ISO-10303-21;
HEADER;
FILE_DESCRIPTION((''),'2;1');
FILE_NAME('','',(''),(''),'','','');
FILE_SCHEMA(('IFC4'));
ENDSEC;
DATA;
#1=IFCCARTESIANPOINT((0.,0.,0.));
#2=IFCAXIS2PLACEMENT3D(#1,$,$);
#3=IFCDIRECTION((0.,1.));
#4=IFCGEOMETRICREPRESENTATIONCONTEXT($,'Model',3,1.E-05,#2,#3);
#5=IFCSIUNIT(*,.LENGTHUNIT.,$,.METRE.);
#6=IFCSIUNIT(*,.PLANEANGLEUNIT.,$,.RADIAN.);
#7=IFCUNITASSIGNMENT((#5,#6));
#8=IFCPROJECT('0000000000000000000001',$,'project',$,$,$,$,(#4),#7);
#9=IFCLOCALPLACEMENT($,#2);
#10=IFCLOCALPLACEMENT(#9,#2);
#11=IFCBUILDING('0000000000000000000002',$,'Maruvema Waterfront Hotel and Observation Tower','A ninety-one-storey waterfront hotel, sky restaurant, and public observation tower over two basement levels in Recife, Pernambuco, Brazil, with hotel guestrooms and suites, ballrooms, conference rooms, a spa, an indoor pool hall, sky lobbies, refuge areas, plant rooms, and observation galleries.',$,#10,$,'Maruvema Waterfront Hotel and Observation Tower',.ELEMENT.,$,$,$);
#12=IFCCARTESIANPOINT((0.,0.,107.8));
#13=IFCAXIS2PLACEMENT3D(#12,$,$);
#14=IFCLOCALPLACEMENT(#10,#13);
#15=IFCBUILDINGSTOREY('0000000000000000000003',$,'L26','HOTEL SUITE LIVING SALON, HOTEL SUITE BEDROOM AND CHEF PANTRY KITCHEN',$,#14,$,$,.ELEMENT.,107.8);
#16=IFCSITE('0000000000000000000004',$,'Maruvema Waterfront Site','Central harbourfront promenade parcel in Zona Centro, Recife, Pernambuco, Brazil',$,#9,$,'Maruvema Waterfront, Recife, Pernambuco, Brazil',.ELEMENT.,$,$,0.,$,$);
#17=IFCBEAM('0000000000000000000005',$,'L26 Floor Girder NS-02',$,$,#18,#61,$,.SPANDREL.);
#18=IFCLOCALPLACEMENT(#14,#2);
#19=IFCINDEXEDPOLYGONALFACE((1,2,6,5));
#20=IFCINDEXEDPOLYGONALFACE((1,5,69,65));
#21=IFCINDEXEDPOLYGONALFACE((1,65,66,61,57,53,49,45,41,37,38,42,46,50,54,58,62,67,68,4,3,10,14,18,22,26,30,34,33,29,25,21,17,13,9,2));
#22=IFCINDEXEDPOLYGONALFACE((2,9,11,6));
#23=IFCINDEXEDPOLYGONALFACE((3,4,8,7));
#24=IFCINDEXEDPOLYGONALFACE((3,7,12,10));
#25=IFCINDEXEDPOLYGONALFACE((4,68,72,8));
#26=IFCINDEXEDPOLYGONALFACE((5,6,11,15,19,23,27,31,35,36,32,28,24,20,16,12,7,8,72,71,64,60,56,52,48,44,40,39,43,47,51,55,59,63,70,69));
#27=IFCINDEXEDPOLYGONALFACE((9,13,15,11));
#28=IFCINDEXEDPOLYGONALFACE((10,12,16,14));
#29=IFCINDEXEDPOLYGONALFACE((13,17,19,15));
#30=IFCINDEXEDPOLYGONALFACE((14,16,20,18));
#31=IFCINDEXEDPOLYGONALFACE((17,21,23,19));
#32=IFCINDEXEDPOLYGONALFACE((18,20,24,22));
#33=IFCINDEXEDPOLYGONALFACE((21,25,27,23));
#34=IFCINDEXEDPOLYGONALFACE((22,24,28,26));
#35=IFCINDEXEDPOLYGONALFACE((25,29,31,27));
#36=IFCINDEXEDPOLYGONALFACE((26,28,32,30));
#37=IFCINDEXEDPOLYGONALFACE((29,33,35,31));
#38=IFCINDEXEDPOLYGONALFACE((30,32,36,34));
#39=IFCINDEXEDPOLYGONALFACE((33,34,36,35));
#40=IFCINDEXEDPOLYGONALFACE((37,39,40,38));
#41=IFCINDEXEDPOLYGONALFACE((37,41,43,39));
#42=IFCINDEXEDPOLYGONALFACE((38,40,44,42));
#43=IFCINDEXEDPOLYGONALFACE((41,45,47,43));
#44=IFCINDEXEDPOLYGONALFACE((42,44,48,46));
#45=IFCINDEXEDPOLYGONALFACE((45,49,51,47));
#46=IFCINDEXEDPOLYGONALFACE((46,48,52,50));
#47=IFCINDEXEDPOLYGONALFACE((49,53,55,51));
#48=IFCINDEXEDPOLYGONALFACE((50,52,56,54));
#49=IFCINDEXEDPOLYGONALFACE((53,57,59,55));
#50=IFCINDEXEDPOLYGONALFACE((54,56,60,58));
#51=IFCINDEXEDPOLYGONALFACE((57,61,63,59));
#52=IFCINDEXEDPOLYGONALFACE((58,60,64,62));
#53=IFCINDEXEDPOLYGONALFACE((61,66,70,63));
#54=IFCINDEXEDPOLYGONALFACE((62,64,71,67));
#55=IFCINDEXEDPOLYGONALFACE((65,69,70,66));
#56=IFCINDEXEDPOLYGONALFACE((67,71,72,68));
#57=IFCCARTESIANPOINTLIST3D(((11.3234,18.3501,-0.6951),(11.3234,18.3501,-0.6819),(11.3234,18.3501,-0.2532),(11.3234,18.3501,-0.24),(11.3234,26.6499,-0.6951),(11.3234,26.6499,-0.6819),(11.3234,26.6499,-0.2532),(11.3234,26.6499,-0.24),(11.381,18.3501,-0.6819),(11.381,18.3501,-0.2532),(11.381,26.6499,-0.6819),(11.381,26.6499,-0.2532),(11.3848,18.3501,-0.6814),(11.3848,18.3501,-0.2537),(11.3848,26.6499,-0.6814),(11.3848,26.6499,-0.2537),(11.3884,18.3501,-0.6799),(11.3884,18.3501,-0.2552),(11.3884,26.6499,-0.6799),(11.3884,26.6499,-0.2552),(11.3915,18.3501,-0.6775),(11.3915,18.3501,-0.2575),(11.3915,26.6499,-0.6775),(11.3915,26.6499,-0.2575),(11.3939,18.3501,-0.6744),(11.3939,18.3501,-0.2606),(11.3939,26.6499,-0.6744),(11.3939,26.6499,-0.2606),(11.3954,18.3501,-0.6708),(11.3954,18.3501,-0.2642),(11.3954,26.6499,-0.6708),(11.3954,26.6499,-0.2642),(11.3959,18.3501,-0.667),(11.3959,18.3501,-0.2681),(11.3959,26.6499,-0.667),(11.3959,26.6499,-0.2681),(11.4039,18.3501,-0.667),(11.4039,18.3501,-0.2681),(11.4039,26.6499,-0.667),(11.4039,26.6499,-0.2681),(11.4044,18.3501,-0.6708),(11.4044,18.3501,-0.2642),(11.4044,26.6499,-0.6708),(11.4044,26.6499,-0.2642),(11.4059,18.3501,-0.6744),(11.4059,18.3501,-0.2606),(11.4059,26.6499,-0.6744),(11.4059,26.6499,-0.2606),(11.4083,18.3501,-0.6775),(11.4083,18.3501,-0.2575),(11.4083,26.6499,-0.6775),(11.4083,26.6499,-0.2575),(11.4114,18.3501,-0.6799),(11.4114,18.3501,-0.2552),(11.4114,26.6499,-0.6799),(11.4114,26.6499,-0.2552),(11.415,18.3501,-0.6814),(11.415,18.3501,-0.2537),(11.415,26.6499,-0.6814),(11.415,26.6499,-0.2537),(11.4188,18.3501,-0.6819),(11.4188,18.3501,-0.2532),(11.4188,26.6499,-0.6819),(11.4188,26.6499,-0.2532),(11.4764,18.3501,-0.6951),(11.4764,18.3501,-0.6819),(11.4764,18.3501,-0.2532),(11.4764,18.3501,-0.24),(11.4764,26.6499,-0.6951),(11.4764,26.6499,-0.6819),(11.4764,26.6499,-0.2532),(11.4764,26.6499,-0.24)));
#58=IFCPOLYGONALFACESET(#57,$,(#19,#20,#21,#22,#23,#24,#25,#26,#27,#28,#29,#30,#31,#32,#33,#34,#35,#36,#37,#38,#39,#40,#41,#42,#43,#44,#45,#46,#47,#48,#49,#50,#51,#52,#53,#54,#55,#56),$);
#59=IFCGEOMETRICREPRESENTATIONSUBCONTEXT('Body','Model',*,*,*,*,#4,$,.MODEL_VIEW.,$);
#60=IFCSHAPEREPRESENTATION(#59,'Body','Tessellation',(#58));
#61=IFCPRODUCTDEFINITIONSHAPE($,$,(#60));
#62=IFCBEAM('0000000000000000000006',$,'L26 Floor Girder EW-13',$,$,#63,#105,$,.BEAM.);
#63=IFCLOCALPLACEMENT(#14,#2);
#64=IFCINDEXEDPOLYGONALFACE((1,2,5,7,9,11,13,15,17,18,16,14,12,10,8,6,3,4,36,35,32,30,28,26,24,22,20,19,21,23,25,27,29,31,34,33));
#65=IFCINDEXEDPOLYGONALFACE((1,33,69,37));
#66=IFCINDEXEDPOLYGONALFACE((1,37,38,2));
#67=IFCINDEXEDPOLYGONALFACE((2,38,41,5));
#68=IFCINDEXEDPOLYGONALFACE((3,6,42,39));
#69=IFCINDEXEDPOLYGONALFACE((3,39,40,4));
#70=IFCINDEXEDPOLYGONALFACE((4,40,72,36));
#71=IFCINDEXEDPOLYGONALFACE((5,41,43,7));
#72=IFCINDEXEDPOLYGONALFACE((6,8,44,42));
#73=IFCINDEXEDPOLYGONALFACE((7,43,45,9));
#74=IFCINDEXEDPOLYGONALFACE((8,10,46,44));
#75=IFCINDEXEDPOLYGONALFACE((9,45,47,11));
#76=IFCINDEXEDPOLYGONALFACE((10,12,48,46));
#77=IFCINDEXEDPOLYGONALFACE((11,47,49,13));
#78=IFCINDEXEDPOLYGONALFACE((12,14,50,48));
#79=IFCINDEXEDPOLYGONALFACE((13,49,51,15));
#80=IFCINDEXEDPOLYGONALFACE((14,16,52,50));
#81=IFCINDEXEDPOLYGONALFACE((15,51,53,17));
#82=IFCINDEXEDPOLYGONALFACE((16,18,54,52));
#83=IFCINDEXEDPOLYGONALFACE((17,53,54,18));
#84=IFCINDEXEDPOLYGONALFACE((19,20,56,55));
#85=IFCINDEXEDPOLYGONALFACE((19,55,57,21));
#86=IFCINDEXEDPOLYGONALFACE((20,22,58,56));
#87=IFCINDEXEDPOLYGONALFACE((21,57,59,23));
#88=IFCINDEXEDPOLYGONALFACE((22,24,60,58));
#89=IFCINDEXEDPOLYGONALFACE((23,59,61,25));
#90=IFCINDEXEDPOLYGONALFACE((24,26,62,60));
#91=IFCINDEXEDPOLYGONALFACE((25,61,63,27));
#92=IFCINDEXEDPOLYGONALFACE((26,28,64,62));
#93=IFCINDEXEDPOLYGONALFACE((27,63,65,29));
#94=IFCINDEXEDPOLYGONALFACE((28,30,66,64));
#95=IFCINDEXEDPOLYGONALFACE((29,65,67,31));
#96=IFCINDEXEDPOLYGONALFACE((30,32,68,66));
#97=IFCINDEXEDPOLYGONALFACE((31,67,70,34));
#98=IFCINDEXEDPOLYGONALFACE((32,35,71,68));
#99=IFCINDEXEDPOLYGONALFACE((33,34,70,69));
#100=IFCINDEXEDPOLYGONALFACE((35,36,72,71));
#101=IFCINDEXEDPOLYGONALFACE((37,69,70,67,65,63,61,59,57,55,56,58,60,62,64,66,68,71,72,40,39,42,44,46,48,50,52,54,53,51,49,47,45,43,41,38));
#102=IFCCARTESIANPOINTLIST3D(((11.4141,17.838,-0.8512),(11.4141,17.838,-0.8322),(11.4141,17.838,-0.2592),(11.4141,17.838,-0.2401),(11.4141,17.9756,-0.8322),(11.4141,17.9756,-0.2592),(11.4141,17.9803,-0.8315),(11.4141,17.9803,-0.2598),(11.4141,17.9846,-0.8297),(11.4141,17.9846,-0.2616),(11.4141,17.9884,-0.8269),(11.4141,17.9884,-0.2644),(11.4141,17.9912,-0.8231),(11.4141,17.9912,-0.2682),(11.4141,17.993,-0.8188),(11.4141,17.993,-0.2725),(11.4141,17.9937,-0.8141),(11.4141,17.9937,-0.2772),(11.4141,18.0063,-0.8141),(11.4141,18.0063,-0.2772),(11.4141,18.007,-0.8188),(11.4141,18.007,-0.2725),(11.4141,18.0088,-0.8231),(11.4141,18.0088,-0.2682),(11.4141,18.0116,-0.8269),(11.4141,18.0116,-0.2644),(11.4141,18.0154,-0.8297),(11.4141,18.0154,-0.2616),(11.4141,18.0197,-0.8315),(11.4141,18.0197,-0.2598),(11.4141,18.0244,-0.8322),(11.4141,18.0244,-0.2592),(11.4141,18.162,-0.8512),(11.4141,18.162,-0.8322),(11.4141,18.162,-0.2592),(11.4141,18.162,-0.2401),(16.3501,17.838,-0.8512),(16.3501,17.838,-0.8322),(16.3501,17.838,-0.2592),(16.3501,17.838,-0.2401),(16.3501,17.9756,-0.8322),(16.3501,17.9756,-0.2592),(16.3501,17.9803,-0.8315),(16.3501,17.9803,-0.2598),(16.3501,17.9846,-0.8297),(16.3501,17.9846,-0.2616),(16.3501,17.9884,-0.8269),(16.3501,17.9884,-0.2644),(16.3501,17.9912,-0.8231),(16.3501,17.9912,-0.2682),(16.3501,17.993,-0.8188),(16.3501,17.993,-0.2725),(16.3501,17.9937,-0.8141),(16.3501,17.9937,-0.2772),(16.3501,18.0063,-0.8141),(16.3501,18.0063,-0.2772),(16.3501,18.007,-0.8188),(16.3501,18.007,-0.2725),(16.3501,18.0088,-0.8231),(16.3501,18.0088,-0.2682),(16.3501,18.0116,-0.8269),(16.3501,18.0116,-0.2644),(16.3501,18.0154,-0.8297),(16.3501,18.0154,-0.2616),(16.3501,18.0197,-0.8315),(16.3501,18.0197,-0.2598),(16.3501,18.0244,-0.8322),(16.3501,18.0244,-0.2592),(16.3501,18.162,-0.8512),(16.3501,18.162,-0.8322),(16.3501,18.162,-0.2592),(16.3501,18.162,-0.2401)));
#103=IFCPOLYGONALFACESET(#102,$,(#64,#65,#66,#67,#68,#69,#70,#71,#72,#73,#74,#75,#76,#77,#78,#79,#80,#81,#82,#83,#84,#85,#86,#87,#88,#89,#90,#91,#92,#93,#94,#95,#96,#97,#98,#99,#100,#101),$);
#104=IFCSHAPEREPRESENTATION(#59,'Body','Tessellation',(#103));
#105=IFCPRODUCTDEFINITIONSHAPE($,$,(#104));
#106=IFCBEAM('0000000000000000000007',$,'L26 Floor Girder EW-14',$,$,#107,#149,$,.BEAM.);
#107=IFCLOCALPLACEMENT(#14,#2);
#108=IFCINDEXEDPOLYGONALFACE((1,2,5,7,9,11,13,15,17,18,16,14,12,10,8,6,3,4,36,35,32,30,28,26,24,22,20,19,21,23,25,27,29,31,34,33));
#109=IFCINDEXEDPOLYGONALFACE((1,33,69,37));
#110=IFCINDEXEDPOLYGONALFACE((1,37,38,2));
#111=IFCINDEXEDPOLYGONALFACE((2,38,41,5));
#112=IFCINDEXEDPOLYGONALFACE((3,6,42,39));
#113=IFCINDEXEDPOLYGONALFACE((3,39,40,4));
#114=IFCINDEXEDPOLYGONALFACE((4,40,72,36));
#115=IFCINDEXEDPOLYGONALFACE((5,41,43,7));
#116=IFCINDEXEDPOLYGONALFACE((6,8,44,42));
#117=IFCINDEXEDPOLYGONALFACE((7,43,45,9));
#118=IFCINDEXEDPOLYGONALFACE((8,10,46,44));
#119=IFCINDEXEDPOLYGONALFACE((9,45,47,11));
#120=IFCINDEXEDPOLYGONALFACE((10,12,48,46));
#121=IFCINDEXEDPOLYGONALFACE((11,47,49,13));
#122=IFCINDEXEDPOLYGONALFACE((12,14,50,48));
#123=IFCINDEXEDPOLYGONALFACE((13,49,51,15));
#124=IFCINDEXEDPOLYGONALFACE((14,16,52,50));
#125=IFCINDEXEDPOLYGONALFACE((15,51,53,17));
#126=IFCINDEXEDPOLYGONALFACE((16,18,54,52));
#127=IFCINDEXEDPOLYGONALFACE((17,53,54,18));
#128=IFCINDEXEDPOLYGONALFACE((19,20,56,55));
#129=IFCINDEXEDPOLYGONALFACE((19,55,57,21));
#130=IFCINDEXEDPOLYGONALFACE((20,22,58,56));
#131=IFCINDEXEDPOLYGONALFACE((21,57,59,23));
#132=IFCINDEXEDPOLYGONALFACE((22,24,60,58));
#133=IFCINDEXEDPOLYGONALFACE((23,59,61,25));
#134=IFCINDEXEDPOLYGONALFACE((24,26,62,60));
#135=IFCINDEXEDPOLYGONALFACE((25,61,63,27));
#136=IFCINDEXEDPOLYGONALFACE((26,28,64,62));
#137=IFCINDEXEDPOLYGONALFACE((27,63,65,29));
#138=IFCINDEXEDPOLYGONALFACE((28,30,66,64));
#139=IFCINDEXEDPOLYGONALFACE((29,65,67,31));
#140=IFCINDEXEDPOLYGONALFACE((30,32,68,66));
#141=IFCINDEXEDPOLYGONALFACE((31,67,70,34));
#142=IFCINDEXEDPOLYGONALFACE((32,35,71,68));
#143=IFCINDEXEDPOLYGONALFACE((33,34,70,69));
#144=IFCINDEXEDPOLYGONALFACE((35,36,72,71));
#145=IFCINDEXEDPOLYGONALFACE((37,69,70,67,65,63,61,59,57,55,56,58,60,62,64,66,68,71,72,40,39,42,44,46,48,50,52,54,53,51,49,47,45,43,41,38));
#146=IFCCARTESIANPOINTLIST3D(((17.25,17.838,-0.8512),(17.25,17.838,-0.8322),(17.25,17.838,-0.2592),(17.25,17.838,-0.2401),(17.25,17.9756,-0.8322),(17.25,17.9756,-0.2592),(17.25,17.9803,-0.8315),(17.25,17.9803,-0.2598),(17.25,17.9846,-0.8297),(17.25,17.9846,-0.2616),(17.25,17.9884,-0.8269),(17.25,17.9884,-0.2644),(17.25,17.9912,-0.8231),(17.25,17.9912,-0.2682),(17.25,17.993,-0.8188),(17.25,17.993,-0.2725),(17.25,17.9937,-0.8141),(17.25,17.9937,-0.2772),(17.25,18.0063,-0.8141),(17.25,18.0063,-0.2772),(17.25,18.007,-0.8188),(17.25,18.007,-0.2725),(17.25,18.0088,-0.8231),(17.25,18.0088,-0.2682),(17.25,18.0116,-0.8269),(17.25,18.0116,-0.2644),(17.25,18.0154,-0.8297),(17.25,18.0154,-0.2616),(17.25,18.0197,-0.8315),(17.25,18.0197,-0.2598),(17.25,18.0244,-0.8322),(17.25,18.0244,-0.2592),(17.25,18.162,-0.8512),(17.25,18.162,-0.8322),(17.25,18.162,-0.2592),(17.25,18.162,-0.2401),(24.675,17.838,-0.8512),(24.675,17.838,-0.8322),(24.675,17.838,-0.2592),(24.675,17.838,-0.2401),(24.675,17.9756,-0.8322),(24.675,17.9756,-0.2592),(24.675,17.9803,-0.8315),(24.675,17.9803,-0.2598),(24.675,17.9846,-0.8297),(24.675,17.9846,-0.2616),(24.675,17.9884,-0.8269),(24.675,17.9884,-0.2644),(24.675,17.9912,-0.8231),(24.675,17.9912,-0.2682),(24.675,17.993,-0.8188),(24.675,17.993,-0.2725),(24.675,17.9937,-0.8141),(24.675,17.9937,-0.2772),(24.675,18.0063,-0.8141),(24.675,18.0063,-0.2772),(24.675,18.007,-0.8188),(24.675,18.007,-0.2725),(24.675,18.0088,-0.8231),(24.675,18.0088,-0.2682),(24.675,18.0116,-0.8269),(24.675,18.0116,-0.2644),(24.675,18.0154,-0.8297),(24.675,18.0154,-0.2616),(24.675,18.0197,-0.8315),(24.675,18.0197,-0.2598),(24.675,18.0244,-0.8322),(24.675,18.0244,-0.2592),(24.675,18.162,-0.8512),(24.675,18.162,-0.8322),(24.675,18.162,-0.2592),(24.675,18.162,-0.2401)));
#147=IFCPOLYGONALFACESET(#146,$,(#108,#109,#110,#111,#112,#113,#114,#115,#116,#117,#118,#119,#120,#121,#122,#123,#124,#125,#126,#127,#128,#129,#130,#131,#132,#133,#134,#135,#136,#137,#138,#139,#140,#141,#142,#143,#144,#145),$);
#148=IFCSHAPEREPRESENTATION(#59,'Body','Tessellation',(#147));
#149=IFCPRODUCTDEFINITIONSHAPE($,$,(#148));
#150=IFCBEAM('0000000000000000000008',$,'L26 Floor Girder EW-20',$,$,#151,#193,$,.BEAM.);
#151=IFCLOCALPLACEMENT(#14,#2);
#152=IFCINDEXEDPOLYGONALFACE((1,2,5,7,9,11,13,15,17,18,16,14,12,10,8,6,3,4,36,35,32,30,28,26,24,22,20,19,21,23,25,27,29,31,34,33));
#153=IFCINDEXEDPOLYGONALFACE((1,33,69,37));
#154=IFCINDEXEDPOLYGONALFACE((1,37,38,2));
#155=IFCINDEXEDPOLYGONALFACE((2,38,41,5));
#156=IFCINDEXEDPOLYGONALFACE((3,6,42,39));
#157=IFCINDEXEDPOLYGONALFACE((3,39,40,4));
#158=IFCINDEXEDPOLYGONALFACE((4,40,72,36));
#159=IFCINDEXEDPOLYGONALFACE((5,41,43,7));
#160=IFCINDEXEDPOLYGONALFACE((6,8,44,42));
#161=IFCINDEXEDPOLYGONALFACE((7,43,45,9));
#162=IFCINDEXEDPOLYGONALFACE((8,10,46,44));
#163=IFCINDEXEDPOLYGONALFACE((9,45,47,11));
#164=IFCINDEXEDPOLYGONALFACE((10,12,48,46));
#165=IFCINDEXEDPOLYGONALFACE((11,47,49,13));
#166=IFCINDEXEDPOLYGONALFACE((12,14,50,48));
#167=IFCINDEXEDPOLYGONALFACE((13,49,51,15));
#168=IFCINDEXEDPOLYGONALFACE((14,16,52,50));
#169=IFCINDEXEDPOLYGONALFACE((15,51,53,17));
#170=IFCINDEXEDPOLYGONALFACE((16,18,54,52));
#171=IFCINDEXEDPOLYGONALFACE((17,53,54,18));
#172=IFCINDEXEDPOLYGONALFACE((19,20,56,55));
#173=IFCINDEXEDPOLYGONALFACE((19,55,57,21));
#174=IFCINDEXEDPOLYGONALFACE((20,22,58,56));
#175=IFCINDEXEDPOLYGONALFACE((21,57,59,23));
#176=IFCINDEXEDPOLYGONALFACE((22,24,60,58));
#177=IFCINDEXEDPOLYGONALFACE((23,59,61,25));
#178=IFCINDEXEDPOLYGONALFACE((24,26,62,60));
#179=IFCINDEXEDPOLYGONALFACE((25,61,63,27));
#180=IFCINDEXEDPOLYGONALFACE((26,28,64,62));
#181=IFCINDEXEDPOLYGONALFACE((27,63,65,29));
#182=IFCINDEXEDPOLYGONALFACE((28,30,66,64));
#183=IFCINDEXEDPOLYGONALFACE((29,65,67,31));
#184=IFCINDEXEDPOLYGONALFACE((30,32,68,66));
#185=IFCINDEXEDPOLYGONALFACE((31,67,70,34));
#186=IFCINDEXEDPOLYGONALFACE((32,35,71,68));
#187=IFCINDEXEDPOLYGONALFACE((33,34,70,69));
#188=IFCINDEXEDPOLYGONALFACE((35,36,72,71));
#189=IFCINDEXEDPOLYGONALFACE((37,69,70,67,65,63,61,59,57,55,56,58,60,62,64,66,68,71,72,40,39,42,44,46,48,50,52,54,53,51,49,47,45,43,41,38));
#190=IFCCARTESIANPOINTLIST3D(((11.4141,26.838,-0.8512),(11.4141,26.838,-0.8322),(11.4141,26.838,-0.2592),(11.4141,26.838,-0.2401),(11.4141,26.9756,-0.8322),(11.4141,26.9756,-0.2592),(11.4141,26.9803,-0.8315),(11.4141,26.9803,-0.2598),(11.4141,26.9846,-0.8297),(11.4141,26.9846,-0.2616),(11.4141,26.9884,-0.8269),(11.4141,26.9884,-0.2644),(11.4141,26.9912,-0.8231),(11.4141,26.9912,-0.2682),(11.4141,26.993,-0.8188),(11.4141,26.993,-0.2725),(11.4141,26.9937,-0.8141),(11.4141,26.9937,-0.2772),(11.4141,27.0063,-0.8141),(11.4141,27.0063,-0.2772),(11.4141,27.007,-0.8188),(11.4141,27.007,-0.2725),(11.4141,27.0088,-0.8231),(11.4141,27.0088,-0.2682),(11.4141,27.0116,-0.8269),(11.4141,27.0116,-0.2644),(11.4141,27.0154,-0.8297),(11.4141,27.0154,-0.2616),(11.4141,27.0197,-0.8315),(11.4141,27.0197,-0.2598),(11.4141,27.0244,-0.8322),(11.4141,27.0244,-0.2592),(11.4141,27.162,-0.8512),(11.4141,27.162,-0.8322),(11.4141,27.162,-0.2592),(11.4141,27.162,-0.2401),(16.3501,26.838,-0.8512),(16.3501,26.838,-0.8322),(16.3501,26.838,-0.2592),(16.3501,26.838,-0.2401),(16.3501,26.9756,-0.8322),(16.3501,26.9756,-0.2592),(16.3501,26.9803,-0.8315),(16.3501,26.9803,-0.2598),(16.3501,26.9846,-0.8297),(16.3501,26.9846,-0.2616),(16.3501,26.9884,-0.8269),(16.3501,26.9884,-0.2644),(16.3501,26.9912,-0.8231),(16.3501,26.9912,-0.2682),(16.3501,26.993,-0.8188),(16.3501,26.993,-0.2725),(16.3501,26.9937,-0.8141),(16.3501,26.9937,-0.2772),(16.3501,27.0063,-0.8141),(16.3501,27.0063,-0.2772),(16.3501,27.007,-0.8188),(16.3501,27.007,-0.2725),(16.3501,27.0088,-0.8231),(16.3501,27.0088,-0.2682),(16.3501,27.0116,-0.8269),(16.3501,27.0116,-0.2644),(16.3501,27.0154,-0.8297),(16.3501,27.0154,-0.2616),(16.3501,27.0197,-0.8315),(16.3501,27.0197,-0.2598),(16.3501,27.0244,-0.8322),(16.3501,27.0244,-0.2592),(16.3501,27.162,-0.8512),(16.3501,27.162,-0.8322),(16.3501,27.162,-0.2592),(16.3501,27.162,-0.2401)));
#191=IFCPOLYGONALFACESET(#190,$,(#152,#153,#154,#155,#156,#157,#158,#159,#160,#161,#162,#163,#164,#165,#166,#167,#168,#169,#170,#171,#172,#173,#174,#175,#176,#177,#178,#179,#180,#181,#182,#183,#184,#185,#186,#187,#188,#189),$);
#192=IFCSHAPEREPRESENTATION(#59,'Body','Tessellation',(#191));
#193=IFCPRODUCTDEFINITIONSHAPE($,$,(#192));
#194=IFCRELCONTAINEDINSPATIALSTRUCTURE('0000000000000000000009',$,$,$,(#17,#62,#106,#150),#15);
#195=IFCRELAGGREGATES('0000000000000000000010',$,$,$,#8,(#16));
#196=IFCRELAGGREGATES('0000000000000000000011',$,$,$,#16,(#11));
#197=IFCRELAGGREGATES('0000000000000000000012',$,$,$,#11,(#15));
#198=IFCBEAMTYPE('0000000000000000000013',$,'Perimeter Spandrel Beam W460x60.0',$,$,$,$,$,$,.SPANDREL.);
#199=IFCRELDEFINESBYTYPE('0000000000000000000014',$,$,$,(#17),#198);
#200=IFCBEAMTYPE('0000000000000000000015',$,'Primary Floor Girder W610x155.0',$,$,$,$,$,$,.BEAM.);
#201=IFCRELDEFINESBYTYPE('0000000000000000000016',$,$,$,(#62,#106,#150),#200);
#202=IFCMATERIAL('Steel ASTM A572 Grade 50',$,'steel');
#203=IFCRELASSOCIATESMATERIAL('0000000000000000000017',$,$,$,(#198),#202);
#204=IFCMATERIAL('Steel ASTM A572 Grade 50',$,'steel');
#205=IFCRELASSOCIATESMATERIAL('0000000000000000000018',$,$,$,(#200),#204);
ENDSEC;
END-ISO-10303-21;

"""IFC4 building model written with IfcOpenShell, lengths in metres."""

from ifc_helpers import new_model, si_unit, direction, frame, origin, origin_2d, place, context, subcontext, project, spatial, i_section, extrude, material, material_profile, profile_set, type_object, element, save


model = new_model("IFC4")

# Units and contexts
model_context = context("Model", 3, precision=1e-05, world=origin(), true_north=direction((0.0, 1.0)))
body_context = subcontext(model_context, "Body", "Model", "MODEL_VIEW")
ifc_project = project(units=[si_unit("LENGTHUNIT", "METRE"), si_unit("PLANEANGLEUNIT", "RADIAN")], contexts=[model_context])

# Site, building, storey
site_placement = place(None, origin())
site = spatial("IfcSite", under=ifc_project, at=site_placement, Name="Maruvema Waterfront Site", Description="Central harbourfront promenade parcel in Zona Centro, Recife, Pernambuco, Brazil", LongName="Maruvema Waterfront, Recife, Pernambuco, Brazil", CompositionType="ELEMENT", RefElevation=0.0)
building_placement = place(site_placement, origin())
building = spatial("IfcBuilding", under=site, at=building_placement, Name="Maruvema Waterfront Hotel and Observation Tower", Description="A ninety-one-storey waterfront hotel, sky restaurant, and public observation tower over two basement levels in Recife, Pernambuco, Brazil, with hotel guestrooms and suites, ballrooms, conference rooms, a spa, an indoor pool hall, sky lobbies, refuge areas, plant rooms, and observation galleries.", LongName="Maruvema Waterfront Hotel and Observation Tower", CompositionType="ELEMENT")
storey_placement = place(building_placement, frame((0.0, 0.0, 107.8)))
storey = spatial("IfcBuildingStorey", under=building, at=storey_placement, Name="L26", Description="HOTEL SUITE LIVING SALON, HOTEL SUITE BEDROOM AND CHEF PANTRY KITCHEN", CompositionType="ELEMENT", Elevation=107.8)

# Beams
ifc_material_1 = material(Name="Steel ASTM A572 Grade 50", Category="steel")
ifc_material_profile_1 = material_profile(ifc_material_1, i_section(OverallWidth=0.1531, OverallDepth=0.4551, WebThickness=0.0081, FlangeThickness=0.0132, FilletRadius=0.0149, at=origin_2d()), Name="W460x60.0")
ifc_profile_set_1 = profile_set([ifc_material_profile_1], Name="Steel ASTM A572 Grade 50")
beam_type_1 = type_object("IfcBeamType", Name="Perimeter Spandrel Beam W460x60.0", PredefinedType="SPANDREL", material=ifc_profile_set_1)
beam_1_placement = place(storey_placement, frame((11.3999, 18.3501, -0.4675), z_axis=(0.0, 1.0, 0.0), x_axis=(-1.0, 0.0, 0.0)))
element("IfcBeam", 1, at=beam_1_placement, inside=storey, type_object=beam_type_1, Name="L26 Floor Girder NS-02", PredefinedType="SPANDREL", context=body_context, shape_type="SweptSolid", body=[
    extrude(i_section(OverallWidth=0.1531, OverallDepth=0.4551, WebThickness=0.0081, FlangeThickness=0.0132, FilletRadius=0.0149, at=origin_2d()), origin(), (0.0, 0.0, 1.0), 8.2998),
])
ifc_material_2 = material(Name="Steel ASTM A572 Grade 50", Category="steel")
ifc_material_profile_2 = material_profile(ifc_material_2, i_section(OverallWidth=0.324, OverallDepth=0.6111, WebThickness=0.0127, FlangeThickness=0.019, FilletRadius=0.0181, at=origin_2d()), Name="W610x155.0")
ifc_profile_set_2 = profile_set([ifc_material_profile_2], Name="Steel ASTM A572 Grade 50")
beam_type_2 = type_object("IfcBeamType", Name="Primary Floor Girder W610x155.0", PredefinedType="BEAM", material=ifc_profile_set_2)
beam_2_placement = place(storey_placement, frame((11.4141, 18.0, -0.5457), z_axis=(1.0, 0.0, 0.0), x_axis=(0.0, 1.0, 0.0)))
element("IfcBeam", 2, at=beam_2_placement, inside=storey, type_object=beam_type_2, Name="L26 Floor Girder EW-13", PredefinedType="BEAM", context=body_context, shape_type="SweptSolid", body=[
    extrude(i_section(OverallWidth=0.324, OverallDepth=0.6111, WebThickness=0.0127, FlangeThickness=0.019, FilletRadius=0.0181, at=origin_2d()), origin(), (0.0, 0.0, 1.0), 4.936),
])
beam_3_placement = place(storey_placement, frame((17.25, 18.0, -0.5457), z_axis=(1.0, 0.0, 0.0), x_axis=(0.0, 1.0, 0.0)))
element("IfcBeam", 3, at=beam_3_placement, inside=storey, type_object=beam_type_2, Name="L26 Floor Girder EW-14", PredefinedType="BEAM", context=body_context, shape_type="SweptSolid", body=[
    extrude(i_section(OverallWidth=0.324, OverallDepth=0.6111, WebThickness=0.0127, FlangeThickness=0.019, FilletRadius=0.0181, at=origin_2d()), origin(), (0.0, 0.0, 1.0), 7.425),
])
beam_4_placement = place(storey_placement, frame((11.4141, 27.0, -0.5457), z_axis=(1.0, 0.0, 0.0), x_axis=(0.0, 1.0, 0.0)))
element("IfcBeam", 4, at=beam_4_placement, inside=storey, type_object=beam_type_2, Name="L26 Floor Girder EW-20", PredefinedType="BEAM", context=body_context, shape_type="SweptSolid", body=[
    extrude(i_section(OverallWidth=0.324, OverallDepth=0.6111, WebThickness=0.0127, FlangeThickness=0.019, FilletRadius=0.0181, at=origin_2d()), origin(), (0.0, 0.0, 1.0), 4.936),
])

save(model, "model.ifc")
